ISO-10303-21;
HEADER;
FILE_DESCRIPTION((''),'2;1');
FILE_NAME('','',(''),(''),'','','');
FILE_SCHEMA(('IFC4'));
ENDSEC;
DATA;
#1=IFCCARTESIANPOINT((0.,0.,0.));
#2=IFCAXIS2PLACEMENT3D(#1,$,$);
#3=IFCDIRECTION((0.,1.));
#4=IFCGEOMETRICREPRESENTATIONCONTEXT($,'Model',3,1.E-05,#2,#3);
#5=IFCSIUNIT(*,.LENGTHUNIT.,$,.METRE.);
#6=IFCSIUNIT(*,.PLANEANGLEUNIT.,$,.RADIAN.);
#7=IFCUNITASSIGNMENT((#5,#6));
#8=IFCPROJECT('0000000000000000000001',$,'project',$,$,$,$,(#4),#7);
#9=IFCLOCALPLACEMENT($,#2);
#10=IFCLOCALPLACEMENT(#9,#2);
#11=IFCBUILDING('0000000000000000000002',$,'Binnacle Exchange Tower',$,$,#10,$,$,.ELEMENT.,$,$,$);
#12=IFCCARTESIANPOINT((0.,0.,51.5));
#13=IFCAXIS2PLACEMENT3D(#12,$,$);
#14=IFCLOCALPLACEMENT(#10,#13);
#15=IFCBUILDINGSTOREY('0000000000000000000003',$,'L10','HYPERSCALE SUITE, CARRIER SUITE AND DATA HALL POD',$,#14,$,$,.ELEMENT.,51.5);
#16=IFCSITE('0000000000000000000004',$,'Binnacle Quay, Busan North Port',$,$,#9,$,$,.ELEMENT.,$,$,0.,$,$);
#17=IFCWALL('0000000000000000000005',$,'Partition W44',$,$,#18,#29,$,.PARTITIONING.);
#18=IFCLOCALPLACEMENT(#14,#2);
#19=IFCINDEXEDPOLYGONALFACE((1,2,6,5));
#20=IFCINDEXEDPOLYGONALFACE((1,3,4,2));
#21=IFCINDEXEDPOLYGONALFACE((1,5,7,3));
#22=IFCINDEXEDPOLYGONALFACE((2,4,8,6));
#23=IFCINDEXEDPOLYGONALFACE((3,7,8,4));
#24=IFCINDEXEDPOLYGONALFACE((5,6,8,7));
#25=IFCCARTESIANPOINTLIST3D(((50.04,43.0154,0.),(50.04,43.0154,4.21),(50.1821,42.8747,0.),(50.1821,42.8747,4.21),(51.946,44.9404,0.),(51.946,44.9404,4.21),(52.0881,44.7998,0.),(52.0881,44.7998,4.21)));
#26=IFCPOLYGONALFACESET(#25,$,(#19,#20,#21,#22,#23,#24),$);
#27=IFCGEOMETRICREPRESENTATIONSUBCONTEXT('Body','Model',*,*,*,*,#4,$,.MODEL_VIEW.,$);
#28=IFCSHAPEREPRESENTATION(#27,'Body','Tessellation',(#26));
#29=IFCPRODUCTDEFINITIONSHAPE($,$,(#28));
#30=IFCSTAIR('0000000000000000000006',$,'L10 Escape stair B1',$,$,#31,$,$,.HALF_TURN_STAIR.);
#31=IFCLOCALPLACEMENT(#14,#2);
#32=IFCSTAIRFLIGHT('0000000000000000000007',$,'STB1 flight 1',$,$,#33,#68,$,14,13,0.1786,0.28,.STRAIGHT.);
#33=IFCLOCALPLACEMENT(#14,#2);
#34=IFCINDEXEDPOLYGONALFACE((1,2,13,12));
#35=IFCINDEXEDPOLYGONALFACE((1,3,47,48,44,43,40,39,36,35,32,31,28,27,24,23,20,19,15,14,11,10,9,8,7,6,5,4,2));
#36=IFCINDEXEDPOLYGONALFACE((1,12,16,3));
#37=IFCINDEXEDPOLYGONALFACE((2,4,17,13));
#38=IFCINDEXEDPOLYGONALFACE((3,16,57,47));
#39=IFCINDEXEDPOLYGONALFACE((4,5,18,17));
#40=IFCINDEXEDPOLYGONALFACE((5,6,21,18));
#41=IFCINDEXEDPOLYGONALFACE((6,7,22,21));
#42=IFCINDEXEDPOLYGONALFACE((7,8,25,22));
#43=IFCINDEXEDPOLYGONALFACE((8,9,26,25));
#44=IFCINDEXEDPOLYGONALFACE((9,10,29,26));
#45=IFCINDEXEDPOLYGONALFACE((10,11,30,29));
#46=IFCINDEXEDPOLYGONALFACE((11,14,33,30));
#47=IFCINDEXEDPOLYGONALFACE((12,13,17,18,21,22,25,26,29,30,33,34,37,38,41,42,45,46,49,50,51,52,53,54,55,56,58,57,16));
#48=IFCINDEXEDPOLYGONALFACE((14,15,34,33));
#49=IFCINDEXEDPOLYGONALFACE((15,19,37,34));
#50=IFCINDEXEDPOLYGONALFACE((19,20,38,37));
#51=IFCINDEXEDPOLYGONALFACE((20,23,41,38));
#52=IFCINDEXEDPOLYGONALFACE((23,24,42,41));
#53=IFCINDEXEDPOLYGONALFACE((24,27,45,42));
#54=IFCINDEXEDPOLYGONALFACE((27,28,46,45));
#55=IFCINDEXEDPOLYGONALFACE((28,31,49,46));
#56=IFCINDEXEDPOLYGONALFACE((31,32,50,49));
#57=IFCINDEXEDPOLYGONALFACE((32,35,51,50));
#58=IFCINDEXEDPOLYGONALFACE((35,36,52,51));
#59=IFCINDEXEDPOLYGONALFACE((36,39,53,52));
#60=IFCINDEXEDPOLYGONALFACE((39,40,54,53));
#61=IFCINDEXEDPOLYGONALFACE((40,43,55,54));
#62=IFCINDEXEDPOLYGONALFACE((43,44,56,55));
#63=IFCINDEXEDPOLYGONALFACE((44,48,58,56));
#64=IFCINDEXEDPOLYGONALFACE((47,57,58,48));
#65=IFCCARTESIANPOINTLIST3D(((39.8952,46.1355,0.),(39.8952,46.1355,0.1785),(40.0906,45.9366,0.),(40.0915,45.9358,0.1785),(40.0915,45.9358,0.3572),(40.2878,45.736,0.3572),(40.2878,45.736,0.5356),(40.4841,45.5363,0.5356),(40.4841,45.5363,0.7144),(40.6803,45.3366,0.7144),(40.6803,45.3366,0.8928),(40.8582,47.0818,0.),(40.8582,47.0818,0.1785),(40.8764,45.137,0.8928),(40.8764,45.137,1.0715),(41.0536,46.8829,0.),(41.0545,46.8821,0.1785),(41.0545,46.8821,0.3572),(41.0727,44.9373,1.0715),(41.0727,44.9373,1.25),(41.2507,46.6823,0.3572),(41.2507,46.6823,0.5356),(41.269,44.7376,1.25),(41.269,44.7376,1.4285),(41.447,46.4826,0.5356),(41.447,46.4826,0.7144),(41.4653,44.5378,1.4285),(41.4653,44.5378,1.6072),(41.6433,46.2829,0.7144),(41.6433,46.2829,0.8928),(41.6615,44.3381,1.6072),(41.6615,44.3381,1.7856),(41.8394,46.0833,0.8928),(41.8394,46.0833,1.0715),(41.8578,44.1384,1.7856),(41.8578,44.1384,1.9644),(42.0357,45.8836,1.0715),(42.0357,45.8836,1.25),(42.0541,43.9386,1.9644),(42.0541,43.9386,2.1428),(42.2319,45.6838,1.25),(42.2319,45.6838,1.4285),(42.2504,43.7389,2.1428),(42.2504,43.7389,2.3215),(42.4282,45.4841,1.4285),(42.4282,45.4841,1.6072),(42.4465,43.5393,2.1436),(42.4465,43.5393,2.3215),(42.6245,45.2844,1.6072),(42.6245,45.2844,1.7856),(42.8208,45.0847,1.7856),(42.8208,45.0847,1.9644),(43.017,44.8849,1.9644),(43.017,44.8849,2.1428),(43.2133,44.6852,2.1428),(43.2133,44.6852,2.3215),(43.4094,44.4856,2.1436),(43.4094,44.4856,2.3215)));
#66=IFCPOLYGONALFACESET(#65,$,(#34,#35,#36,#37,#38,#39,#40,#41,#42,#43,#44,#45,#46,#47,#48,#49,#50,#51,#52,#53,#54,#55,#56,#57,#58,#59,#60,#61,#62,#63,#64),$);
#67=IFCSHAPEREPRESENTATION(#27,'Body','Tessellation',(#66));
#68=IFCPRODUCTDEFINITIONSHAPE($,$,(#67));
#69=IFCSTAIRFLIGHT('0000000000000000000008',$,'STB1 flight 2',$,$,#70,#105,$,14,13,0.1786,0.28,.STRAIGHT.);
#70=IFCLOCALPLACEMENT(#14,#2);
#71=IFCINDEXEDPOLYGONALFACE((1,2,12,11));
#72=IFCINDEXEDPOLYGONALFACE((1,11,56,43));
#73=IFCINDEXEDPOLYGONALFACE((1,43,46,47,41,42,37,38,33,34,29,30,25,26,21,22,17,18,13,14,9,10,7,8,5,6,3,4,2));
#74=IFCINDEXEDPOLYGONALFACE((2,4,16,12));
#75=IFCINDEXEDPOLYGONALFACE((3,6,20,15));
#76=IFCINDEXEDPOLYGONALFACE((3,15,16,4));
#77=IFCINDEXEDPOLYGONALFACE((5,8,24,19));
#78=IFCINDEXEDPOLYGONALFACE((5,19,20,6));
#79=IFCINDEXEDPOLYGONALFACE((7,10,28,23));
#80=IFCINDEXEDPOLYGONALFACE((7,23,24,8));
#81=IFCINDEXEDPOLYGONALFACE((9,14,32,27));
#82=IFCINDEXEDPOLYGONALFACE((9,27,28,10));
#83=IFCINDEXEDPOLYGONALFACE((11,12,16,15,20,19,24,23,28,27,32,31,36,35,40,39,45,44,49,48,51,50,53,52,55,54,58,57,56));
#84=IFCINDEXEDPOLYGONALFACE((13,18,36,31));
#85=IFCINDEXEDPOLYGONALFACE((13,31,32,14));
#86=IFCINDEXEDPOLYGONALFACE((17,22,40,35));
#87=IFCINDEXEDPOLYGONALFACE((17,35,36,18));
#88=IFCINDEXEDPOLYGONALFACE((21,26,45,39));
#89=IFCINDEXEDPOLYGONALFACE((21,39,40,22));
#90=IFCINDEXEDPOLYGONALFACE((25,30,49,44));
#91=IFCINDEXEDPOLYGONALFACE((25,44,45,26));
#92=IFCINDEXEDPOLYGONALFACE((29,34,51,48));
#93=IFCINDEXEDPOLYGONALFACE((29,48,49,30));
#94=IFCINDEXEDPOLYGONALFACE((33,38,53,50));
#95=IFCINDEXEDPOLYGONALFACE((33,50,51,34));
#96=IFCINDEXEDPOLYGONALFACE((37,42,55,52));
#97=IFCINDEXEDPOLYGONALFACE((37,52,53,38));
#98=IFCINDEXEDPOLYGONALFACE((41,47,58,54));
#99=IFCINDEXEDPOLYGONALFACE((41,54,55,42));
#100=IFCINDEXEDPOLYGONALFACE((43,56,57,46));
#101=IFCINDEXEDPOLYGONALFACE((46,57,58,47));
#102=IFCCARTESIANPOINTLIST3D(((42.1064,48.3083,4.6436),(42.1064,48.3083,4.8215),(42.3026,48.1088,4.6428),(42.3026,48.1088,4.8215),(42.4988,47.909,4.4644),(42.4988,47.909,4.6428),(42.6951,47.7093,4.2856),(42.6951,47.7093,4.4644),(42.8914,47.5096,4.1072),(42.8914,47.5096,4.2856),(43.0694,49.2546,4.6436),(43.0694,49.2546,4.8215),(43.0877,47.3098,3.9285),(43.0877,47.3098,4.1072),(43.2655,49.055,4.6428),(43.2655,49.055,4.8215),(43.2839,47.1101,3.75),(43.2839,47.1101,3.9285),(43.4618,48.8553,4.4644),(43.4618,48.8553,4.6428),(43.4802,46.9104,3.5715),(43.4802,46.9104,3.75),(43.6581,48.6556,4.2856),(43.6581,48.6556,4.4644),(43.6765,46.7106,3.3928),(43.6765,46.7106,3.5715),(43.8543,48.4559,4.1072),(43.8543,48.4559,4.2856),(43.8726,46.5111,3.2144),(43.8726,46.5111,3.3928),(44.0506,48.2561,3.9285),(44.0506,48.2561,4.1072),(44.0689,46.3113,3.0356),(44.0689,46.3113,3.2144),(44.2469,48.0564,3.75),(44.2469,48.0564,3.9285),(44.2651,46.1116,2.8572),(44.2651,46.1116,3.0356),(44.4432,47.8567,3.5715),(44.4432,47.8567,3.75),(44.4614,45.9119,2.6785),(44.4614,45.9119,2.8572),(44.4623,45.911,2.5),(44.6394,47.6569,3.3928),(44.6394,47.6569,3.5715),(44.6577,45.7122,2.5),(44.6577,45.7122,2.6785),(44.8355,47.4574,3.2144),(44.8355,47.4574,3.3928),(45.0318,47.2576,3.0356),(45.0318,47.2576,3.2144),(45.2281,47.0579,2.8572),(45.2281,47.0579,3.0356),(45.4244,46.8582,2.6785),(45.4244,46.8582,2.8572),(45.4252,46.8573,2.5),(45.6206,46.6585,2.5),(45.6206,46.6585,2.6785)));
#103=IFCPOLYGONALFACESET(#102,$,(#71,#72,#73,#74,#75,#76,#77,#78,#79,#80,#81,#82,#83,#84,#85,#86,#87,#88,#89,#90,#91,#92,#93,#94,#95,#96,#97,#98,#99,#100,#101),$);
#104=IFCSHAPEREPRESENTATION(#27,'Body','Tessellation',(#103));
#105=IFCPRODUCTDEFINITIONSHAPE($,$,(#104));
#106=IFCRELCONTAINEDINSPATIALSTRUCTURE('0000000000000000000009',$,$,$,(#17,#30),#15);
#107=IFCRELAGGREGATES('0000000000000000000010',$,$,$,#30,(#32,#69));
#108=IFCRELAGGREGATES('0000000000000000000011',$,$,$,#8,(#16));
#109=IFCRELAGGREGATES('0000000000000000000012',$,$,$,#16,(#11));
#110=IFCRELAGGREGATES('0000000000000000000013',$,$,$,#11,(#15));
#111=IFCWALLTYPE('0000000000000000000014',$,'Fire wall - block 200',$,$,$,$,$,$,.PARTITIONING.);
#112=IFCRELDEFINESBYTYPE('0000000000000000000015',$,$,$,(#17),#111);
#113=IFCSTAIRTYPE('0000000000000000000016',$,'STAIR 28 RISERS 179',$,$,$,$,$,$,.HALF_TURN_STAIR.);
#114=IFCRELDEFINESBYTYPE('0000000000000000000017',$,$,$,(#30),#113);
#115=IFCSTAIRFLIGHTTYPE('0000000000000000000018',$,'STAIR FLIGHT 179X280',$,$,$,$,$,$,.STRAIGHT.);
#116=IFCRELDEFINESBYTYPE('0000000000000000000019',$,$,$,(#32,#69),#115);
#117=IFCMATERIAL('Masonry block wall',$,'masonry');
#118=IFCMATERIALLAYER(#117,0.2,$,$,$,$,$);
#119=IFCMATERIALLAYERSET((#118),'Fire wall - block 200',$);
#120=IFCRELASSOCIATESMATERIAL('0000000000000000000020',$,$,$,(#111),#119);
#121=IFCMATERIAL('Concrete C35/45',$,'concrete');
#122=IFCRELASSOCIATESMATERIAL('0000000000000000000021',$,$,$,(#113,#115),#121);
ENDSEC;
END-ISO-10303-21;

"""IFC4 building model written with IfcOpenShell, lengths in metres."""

from ifc_helpers import new_model, si_unit, direction, frame, frame_2d, origin, place, context, subcontext, project, spatial, polyline, rectangle, outline, extrude, material, layer, layer_set, type_object, element, aggregate, save


model = new_model("IFC4")

# Units and contexts
model_context = context("Model", 3, precision=1e-05, world=origin(), true_north=direction((0.0, 1.0)))
body_context = subcontext(model_context, "Body", "Model", "MODEL_VIEW")
ifc_project = project(units=[si_unit("LENGTHUNIT", "METRE"), si_unit("PLANEANGLEUNIT", "RADIAN")], contexts=[model_context])

# Site, building, storey
site_placement = place(None, origin())
site = spatial("IfcSite", under=ifc_project, at=site_placement, Name="Binnacle Quay, Busan North Port", CompositionType="ELEMENT", RefElevation=0.0)
building_placement = place(site_placement, origin())
building = spatial("IfcBuilding", under=site, at=building_placement, Name="Binnacle Exchange Tower", CompositionType="ELEMENT")
storey_placement = place(building_placement, frame((0.0, 0.0, 51.5)))
storey = spatial("IfcBuildingStorey", under=building, at=storey_placement, Name="L10", Description="HYPERSCALE SUITE, CARRIER SUITE AND DATA HALL POD", CompositionType="ELEMENT", Elevation=51.5)

# Wall
ifc_material_1 = material(Name="Masonry block wall", Category="masonry")
ifc_layer_1 = layer(ifc_material_1, 0.2)
ifc_layer_set_1 = layer_set([ifc_layer_1], Name="Fire wall - block 200")
wall_type_1 = type_object("IfcWallType", Name="Fire wall - block 200", PredefinedType="PARTITIONING", material=ifc_layer_set_1)
wall_1_placement = place(storey_placement, frame((50.1111, 42.9451, 0.0), z_axis=(0.0, 0.0, 1.0), x_axis=(0.703583, 0.710613, 0.0)))
element("IfcWall", 1, at=wall_1_placement, inside=storey, type_object=wall_type_1, Name="Partition W44", PredefinedType="PARTITIONING", context=body_context, shape_type="SweptSolid", body=[
    extrude(rectangle(XDim=2.709, YDim=0.2, at=frame_2d((1.3545, 0.0))), origin(), (0.0, 0.0, 1.0), 4.21),
])

# Stair, stair flights
ifc_material_2 = material(Name="Concrete C35/45", Category="concrete")
stair_type = type_object("IfcStairType", Name="STAIR 28 RISERS 179", PredefinedType="HALF_TURN_STAIR", material=ifc_material_2)
stair_placement = place(storey_placement, origin())
stair = element("IfcStair", 2, at=stair_placement, inside=storey, type_object=stair_type, Name="L10 Escape stair B1", PredefinedType="HALF_TURN_STAIR")
stair_flight_type = type_object("IfcStairFlightType", Name="STAIR FLIGHT 179X280", PredefinedType="STRAIGHT", material=ifc_material_2)
stair_flight_1_placement = place(storey_placement, frame((40.3767, 46.6086, 0.0), z_axis=(0.0, 0.0, 1.0), x_axis=(0.700909, -0.71325, 0.0)))
stair_flight_1 = element("IfcStairFlight", 3, at=stair_flight_1_placement, type_object=stair_flight_type, Name="STB1 flight 1", NumberOfRisers=14, NumberOfTreads=13, PredefinedType="STRAIGHT", RiserHeight=0.1786, TreadLength=0.28, context=body_context, shape_type="SweptSolid", body=[
    extrude(outline(polyline([(0.0, 0.0), (0.0, 0.1785), (0.28, 0.1785), (0.28, 0.3572), (0.5601, 0.3572), (0.5601, 0.5356), (0.8401, 0.5356), (0.8401, 0.7144), (1.1201, 0.7144), (1.1201, 0.8928), (1.3999, 0.8928), (1.3999, 1.0715), (1.6799, 1.0715), (1.6799, 1.25), (1.96, 1.25), (1.96, 1.4285), (2.24, 1.4285), (2.24, 1.6072), (2.52, 1.6072), (2.52, 1.7856), (2.8, 1.7856), (2.8, 1.9644), (3.0801, 1.9644), (3.0801, 2.1428), (3.3601, 2.1428), (3.3601, 2.3215), (3.6399, 2.3215), (3.6399, 2.5), (3.6399, 2.1436), (0.2788, 0.0), (0.0, 0.0)])), frame((0.0, 0.675, 0.0), z_axis=(0.0, -1.0, 0.0), x_axis=(1.0, 0.0, 0.0)), (0.0, 0.0, 1.0), 1.3501),
])
stair_flight_2_placement = place(storey_placement, frame((45.1392, 46.1853, 2.5), z_axis=(0.0, 0.0, 1.0), x_axis=(-0.700909, 0.71325, 0.0)))
stair_flight_2 = element("IfcStairFlight", 4, at=stair_flight_2_placement, type_object=stair_flight_type, Name="STB1 flight 2", NumberOfRisers=14, NumberOfTreads=13, PredefinedType="STRAIGHT", RiserHeight=0.1786, TreadLength=0.28, context=body_context, shape_type="SweptSolid", body=[
    extrude(outline(polyline([(0.0, 0.0), (0.0, 0.1785), (0.28, 0.1785), (0.28, 0.3572), (0.5601, 0.3572), (0.5601, 0.5356), (0.8401, 0.5356), (0.8401, 0.7144), (1.1201, 0.7144), (1.1201, 0.8928), (1.3999, 0.8928), (1.3999, 1.0715), (1.6799, 1.0715), (1.6799, 1.25), (1.96, 1.25), (1.96, 1.4285), (2.24, 1.4285), (2.24, 1.6072), (2.52, 1.6072), (2.52, 1.7856), (2.8, 1.7856), (2.8, 1.9644), (3.0801, 1.9644), (3.0801, 2.1428), (3.3601, 2.1428), (3.3601, 2.3215), (3.6399, 2.3215), (3.6399, 2.5), (3.6399, 2.1436), (0.2788, 0.0), (0.0, 0.0)])), frame((0.0, 0.675, 0.0), z_axis=(0.0, -1.0, 0.0), x_axis=(1.0, 0.0, 0.0)), (0.0, 0.0, 1.0), 1.3501),
])
aggregate(stair, [stair_flight_1, stair_flight_2])

save(model, "model.ifc")
